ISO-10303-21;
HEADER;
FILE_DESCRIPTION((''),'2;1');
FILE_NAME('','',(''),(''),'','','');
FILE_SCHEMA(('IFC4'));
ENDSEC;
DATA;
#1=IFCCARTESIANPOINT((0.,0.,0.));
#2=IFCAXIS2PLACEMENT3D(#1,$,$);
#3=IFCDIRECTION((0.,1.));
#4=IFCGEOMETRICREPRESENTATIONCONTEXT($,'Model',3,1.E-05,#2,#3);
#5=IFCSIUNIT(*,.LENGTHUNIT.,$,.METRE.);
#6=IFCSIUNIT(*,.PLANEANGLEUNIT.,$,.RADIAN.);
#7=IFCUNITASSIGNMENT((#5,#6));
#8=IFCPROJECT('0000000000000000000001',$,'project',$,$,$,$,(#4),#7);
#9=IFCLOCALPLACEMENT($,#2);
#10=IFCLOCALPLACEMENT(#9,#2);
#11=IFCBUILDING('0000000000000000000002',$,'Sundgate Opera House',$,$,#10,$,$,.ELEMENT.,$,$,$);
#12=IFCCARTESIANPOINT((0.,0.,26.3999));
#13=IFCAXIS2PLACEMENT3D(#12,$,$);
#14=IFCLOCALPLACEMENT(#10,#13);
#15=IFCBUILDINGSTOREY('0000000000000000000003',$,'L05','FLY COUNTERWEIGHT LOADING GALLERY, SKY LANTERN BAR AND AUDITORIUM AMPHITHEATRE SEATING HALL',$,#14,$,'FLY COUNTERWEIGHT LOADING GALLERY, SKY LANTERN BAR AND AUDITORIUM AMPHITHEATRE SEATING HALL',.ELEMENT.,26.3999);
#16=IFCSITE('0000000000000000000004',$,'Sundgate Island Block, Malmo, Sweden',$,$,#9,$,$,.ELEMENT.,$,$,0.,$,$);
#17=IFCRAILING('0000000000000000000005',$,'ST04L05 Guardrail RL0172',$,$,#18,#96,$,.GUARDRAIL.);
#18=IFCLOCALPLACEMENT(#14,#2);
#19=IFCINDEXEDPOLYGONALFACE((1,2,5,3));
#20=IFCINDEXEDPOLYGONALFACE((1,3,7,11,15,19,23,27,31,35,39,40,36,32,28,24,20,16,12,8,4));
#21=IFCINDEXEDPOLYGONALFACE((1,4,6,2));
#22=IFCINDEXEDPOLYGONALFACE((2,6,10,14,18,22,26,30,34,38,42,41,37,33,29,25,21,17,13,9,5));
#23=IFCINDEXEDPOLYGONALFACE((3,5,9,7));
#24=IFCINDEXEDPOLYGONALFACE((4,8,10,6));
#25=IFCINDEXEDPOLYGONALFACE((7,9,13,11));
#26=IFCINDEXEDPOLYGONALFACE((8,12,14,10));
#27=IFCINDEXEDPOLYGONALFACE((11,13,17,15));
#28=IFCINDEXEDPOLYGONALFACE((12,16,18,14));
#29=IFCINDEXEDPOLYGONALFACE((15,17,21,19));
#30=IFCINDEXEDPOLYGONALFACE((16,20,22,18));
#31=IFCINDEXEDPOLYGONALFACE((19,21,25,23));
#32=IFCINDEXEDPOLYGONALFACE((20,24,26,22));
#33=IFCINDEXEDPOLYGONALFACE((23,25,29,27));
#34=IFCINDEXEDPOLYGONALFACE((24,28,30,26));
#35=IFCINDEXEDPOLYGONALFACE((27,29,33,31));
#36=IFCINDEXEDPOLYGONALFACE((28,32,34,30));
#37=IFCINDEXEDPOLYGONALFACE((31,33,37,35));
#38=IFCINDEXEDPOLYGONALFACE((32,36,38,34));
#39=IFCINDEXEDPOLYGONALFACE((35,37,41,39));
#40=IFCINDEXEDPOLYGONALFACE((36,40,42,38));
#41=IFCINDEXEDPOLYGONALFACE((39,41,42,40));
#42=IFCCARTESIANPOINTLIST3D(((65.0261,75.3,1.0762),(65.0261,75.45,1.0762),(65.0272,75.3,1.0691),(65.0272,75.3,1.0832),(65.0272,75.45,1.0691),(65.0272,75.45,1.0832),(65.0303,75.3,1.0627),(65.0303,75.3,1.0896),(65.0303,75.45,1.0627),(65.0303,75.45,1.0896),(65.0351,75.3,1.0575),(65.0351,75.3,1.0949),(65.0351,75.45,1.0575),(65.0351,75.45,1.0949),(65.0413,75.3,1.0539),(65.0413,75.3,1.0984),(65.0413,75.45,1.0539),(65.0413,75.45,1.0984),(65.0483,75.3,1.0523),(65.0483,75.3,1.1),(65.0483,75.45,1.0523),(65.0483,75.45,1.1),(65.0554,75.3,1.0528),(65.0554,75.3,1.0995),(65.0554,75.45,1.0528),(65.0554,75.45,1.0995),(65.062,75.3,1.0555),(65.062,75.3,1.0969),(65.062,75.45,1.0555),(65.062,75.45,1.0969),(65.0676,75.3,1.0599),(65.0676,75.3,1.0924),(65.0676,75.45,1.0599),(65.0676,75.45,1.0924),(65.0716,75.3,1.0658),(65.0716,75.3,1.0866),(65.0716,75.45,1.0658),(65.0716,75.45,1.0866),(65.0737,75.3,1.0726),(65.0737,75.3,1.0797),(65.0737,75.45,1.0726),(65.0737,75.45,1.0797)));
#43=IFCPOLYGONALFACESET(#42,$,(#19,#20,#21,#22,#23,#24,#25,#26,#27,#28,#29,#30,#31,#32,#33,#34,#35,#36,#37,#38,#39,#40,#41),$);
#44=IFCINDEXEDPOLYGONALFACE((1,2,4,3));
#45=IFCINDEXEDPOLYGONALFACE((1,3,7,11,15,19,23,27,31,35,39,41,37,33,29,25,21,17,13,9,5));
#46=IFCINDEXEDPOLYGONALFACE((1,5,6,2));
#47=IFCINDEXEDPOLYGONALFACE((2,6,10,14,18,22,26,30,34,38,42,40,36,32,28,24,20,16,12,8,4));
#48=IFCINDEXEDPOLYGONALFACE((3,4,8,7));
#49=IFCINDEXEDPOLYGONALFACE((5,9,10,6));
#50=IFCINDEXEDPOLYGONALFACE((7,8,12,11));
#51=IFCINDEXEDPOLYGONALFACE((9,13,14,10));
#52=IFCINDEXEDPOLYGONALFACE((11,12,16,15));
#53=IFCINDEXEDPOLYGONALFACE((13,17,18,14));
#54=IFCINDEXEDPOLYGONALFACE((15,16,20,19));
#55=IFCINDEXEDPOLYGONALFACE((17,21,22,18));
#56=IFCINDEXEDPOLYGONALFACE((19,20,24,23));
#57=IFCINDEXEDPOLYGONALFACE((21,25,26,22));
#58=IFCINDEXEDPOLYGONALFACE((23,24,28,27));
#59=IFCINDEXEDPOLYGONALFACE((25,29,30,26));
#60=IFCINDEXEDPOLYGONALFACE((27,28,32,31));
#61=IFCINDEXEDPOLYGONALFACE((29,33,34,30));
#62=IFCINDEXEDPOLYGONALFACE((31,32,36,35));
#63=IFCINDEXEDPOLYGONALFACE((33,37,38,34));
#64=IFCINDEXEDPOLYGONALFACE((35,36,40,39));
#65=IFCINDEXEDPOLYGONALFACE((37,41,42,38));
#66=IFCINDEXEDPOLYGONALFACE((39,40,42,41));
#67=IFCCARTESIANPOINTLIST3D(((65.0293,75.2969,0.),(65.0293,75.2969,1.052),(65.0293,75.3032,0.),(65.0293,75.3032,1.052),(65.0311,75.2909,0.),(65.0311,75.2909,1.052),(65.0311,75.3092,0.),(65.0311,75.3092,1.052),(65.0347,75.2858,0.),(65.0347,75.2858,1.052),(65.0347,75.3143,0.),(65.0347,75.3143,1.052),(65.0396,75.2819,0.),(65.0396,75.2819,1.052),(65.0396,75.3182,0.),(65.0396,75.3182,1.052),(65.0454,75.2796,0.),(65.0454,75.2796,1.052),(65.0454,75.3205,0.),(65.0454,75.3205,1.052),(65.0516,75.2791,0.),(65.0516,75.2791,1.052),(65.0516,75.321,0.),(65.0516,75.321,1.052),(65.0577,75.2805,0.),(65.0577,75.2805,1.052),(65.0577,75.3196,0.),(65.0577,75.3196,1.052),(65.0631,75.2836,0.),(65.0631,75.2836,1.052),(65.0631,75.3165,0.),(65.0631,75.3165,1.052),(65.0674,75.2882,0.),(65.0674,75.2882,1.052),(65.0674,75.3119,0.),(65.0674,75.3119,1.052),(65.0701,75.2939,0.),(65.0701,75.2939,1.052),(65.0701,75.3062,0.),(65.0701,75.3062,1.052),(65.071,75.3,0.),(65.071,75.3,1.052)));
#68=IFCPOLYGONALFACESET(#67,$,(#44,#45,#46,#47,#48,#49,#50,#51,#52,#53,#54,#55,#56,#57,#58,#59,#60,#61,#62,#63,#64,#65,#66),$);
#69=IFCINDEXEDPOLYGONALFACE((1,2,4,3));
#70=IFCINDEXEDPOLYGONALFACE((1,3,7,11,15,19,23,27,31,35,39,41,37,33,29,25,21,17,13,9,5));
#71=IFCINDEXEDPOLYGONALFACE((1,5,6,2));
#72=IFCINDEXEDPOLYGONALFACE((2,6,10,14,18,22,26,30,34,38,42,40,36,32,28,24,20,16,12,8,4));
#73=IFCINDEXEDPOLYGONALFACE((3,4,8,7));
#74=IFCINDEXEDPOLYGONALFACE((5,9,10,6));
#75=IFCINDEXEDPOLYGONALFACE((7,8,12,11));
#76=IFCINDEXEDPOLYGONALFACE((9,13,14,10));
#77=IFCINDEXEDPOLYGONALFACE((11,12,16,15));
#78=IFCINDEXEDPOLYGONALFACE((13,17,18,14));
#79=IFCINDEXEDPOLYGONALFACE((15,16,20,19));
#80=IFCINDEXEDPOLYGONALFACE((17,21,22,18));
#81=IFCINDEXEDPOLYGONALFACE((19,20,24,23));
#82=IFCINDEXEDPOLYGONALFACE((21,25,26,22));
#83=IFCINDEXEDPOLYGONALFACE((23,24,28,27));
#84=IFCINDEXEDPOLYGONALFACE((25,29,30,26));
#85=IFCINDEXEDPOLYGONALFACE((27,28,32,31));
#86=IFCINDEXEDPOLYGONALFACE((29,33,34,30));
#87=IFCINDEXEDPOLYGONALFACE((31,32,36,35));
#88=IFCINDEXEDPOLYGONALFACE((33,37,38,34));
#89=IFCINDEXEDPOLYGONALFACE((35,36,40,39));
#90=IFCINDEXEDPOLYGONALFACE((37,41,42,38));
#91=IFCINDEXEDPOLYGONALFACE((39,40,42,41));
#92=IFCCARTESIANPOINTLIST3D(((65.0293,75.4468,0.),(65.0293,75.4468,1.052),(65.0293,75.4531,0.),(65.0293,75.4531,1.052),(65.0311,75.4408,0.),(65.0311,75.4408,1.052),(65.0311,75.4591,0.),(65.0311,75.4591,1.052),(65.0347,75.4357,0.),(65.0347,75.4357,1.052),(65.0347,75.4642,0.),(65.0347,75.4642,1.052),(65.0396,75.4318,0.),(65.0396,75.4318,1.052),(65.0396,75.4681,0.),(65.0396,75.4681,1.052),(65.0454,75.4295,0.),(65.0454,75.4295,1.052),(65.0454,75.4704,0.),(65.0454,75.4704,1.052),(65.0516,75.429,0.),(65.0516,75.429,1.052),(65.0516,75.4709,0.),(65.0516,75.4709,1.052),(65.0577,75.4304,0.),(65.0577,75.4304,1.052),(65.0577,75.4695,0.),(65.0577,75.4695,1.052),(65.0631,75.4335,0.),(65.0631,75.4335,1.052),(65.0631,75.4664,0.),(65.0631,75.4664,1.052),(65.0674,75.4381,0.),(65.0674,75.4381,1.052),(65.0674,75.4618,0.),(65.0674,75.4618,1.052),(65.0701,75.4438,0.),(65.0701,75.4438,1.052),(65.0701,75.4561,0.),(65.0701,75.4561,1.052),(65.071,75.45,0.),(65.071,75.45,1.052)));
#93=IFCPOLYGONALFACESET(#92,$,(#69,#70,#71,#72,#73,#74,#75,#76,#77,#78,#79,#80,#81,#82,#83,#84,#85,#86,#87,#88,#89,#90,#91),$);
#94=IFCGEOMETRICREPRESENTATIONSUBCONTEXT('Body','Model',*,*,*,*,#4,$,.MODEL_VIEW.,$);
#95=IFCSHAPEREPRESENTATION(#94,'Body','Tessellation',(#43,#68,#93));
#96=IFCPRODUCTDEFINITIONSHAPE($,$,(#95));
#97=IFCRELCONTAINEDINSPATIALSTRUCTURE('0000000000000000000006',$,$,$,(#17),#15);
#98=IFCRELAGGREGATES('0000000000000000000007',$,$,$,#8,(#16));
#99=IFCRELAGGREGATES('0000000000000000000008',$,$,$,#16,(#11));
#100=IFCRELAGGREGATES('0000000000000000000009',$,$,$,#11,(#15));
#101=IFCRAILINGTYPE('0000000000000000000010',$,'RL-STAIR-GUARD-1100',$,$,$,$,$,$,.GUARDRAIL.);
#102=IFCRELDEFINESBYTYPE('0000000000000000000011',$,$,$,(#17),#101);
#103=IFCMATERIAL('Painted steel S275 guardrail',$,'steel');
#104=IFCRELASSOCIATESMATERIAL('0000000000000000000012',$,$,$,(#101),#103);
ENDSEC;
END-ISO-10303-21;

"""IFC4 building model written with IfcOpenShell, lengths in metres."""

from ifc_helpers import new_model, si_unit, direction, frame, origin, origin_2d, place, context, subcontext, project, spatial, circle, extrude, material, type_object, element, save


model = new_model("IFC4")

# Units and contexts
model_context = context("Model", 3, precision=1e-05, world=origin(), true_north=direction((0.0, 1.0)))
body_context = subcontext(model_context, "Body", "Model", "MODEL_VIEW")
ifc_project = project(units=[si_unit("LENGTHUNIT", "METRE"), si_unit("PLANEANGLEUNIT", "RADIAN")], contexts=[model_context])

# Site, building, storey
site_placement = place(None, origin())
site = spatial("IfcSite", under=ifc_project, at=site_placement, Name="Sundgate Island Block, Malmo, Sweden", CompositionType="ELEMENT", RefElevation=0.0)
building_placement = place(site_placement, origin())
building = spatial("IfcBuilding", under=site, at=building_placement, Name="Sundgate Opera House", CompositionType="ELEMENT")
storey_placement = place(building_placement, frame((0.0, 0.0, 26.3999)))
storey = spatial("IfcBuildingStorey", under=building, at=storey_placement, Name="L05", Description="FLY COUNTERWEIGHT LOADING GALLERY, SKY LANTERN BAR AND AUDITORIUM AMPHITHEATRE SEATING HALL", LongName="FLY COUNTERWEIGHT LOADING GALLERY, SKY LANTERN BAR AND AUDITORIUM AMPHITHEATRE SEATING HALL", CompositionType="ELEMENT", Elevation=26.3999)

# Railing
ifc_material_1 = material(Name="Painted steel S275 guardrail", Category="steel")
railing_type_1 = type_object("IfcRailingType", Name="RL-STAIR-GUARD-1100", PredefinedType="GUARDRAIL", material=ifc_material_1)
railing_1_placement = place(storey_placement, frame((65.05, 75.3, 0.0)))
element("IfcRailing", 1, at=railing_1_placement, inside=storey, type_object=railing_type_1, Name="ST04L05 Guardrail RL0172", PredefinedType="GUARDRAIL", context=body_context, shape_type="SweptSolid", body=[
    extrude(circle(Radius=0.0239, at=origin_2d()), frame((0.0, 0.0, 1.0762), z_axis=(0.0, 1.0, 0.0), x_axis=(-1.0, 0.0, 0.0)), (0.0, 0.0, 1.0), 0.1499),
    extrude(circle(Radius=0.021, at=origin_2d()), origin(), (0.0, 0.0, 1.0), 1.052),
    extrude(circle(Radius=0.021, at=origin_2d()), frame((0.0, 0.1499, 0.0)), (0.0, 0.0, 1.0), 1.052),
])

save(model, "model.ifc")
